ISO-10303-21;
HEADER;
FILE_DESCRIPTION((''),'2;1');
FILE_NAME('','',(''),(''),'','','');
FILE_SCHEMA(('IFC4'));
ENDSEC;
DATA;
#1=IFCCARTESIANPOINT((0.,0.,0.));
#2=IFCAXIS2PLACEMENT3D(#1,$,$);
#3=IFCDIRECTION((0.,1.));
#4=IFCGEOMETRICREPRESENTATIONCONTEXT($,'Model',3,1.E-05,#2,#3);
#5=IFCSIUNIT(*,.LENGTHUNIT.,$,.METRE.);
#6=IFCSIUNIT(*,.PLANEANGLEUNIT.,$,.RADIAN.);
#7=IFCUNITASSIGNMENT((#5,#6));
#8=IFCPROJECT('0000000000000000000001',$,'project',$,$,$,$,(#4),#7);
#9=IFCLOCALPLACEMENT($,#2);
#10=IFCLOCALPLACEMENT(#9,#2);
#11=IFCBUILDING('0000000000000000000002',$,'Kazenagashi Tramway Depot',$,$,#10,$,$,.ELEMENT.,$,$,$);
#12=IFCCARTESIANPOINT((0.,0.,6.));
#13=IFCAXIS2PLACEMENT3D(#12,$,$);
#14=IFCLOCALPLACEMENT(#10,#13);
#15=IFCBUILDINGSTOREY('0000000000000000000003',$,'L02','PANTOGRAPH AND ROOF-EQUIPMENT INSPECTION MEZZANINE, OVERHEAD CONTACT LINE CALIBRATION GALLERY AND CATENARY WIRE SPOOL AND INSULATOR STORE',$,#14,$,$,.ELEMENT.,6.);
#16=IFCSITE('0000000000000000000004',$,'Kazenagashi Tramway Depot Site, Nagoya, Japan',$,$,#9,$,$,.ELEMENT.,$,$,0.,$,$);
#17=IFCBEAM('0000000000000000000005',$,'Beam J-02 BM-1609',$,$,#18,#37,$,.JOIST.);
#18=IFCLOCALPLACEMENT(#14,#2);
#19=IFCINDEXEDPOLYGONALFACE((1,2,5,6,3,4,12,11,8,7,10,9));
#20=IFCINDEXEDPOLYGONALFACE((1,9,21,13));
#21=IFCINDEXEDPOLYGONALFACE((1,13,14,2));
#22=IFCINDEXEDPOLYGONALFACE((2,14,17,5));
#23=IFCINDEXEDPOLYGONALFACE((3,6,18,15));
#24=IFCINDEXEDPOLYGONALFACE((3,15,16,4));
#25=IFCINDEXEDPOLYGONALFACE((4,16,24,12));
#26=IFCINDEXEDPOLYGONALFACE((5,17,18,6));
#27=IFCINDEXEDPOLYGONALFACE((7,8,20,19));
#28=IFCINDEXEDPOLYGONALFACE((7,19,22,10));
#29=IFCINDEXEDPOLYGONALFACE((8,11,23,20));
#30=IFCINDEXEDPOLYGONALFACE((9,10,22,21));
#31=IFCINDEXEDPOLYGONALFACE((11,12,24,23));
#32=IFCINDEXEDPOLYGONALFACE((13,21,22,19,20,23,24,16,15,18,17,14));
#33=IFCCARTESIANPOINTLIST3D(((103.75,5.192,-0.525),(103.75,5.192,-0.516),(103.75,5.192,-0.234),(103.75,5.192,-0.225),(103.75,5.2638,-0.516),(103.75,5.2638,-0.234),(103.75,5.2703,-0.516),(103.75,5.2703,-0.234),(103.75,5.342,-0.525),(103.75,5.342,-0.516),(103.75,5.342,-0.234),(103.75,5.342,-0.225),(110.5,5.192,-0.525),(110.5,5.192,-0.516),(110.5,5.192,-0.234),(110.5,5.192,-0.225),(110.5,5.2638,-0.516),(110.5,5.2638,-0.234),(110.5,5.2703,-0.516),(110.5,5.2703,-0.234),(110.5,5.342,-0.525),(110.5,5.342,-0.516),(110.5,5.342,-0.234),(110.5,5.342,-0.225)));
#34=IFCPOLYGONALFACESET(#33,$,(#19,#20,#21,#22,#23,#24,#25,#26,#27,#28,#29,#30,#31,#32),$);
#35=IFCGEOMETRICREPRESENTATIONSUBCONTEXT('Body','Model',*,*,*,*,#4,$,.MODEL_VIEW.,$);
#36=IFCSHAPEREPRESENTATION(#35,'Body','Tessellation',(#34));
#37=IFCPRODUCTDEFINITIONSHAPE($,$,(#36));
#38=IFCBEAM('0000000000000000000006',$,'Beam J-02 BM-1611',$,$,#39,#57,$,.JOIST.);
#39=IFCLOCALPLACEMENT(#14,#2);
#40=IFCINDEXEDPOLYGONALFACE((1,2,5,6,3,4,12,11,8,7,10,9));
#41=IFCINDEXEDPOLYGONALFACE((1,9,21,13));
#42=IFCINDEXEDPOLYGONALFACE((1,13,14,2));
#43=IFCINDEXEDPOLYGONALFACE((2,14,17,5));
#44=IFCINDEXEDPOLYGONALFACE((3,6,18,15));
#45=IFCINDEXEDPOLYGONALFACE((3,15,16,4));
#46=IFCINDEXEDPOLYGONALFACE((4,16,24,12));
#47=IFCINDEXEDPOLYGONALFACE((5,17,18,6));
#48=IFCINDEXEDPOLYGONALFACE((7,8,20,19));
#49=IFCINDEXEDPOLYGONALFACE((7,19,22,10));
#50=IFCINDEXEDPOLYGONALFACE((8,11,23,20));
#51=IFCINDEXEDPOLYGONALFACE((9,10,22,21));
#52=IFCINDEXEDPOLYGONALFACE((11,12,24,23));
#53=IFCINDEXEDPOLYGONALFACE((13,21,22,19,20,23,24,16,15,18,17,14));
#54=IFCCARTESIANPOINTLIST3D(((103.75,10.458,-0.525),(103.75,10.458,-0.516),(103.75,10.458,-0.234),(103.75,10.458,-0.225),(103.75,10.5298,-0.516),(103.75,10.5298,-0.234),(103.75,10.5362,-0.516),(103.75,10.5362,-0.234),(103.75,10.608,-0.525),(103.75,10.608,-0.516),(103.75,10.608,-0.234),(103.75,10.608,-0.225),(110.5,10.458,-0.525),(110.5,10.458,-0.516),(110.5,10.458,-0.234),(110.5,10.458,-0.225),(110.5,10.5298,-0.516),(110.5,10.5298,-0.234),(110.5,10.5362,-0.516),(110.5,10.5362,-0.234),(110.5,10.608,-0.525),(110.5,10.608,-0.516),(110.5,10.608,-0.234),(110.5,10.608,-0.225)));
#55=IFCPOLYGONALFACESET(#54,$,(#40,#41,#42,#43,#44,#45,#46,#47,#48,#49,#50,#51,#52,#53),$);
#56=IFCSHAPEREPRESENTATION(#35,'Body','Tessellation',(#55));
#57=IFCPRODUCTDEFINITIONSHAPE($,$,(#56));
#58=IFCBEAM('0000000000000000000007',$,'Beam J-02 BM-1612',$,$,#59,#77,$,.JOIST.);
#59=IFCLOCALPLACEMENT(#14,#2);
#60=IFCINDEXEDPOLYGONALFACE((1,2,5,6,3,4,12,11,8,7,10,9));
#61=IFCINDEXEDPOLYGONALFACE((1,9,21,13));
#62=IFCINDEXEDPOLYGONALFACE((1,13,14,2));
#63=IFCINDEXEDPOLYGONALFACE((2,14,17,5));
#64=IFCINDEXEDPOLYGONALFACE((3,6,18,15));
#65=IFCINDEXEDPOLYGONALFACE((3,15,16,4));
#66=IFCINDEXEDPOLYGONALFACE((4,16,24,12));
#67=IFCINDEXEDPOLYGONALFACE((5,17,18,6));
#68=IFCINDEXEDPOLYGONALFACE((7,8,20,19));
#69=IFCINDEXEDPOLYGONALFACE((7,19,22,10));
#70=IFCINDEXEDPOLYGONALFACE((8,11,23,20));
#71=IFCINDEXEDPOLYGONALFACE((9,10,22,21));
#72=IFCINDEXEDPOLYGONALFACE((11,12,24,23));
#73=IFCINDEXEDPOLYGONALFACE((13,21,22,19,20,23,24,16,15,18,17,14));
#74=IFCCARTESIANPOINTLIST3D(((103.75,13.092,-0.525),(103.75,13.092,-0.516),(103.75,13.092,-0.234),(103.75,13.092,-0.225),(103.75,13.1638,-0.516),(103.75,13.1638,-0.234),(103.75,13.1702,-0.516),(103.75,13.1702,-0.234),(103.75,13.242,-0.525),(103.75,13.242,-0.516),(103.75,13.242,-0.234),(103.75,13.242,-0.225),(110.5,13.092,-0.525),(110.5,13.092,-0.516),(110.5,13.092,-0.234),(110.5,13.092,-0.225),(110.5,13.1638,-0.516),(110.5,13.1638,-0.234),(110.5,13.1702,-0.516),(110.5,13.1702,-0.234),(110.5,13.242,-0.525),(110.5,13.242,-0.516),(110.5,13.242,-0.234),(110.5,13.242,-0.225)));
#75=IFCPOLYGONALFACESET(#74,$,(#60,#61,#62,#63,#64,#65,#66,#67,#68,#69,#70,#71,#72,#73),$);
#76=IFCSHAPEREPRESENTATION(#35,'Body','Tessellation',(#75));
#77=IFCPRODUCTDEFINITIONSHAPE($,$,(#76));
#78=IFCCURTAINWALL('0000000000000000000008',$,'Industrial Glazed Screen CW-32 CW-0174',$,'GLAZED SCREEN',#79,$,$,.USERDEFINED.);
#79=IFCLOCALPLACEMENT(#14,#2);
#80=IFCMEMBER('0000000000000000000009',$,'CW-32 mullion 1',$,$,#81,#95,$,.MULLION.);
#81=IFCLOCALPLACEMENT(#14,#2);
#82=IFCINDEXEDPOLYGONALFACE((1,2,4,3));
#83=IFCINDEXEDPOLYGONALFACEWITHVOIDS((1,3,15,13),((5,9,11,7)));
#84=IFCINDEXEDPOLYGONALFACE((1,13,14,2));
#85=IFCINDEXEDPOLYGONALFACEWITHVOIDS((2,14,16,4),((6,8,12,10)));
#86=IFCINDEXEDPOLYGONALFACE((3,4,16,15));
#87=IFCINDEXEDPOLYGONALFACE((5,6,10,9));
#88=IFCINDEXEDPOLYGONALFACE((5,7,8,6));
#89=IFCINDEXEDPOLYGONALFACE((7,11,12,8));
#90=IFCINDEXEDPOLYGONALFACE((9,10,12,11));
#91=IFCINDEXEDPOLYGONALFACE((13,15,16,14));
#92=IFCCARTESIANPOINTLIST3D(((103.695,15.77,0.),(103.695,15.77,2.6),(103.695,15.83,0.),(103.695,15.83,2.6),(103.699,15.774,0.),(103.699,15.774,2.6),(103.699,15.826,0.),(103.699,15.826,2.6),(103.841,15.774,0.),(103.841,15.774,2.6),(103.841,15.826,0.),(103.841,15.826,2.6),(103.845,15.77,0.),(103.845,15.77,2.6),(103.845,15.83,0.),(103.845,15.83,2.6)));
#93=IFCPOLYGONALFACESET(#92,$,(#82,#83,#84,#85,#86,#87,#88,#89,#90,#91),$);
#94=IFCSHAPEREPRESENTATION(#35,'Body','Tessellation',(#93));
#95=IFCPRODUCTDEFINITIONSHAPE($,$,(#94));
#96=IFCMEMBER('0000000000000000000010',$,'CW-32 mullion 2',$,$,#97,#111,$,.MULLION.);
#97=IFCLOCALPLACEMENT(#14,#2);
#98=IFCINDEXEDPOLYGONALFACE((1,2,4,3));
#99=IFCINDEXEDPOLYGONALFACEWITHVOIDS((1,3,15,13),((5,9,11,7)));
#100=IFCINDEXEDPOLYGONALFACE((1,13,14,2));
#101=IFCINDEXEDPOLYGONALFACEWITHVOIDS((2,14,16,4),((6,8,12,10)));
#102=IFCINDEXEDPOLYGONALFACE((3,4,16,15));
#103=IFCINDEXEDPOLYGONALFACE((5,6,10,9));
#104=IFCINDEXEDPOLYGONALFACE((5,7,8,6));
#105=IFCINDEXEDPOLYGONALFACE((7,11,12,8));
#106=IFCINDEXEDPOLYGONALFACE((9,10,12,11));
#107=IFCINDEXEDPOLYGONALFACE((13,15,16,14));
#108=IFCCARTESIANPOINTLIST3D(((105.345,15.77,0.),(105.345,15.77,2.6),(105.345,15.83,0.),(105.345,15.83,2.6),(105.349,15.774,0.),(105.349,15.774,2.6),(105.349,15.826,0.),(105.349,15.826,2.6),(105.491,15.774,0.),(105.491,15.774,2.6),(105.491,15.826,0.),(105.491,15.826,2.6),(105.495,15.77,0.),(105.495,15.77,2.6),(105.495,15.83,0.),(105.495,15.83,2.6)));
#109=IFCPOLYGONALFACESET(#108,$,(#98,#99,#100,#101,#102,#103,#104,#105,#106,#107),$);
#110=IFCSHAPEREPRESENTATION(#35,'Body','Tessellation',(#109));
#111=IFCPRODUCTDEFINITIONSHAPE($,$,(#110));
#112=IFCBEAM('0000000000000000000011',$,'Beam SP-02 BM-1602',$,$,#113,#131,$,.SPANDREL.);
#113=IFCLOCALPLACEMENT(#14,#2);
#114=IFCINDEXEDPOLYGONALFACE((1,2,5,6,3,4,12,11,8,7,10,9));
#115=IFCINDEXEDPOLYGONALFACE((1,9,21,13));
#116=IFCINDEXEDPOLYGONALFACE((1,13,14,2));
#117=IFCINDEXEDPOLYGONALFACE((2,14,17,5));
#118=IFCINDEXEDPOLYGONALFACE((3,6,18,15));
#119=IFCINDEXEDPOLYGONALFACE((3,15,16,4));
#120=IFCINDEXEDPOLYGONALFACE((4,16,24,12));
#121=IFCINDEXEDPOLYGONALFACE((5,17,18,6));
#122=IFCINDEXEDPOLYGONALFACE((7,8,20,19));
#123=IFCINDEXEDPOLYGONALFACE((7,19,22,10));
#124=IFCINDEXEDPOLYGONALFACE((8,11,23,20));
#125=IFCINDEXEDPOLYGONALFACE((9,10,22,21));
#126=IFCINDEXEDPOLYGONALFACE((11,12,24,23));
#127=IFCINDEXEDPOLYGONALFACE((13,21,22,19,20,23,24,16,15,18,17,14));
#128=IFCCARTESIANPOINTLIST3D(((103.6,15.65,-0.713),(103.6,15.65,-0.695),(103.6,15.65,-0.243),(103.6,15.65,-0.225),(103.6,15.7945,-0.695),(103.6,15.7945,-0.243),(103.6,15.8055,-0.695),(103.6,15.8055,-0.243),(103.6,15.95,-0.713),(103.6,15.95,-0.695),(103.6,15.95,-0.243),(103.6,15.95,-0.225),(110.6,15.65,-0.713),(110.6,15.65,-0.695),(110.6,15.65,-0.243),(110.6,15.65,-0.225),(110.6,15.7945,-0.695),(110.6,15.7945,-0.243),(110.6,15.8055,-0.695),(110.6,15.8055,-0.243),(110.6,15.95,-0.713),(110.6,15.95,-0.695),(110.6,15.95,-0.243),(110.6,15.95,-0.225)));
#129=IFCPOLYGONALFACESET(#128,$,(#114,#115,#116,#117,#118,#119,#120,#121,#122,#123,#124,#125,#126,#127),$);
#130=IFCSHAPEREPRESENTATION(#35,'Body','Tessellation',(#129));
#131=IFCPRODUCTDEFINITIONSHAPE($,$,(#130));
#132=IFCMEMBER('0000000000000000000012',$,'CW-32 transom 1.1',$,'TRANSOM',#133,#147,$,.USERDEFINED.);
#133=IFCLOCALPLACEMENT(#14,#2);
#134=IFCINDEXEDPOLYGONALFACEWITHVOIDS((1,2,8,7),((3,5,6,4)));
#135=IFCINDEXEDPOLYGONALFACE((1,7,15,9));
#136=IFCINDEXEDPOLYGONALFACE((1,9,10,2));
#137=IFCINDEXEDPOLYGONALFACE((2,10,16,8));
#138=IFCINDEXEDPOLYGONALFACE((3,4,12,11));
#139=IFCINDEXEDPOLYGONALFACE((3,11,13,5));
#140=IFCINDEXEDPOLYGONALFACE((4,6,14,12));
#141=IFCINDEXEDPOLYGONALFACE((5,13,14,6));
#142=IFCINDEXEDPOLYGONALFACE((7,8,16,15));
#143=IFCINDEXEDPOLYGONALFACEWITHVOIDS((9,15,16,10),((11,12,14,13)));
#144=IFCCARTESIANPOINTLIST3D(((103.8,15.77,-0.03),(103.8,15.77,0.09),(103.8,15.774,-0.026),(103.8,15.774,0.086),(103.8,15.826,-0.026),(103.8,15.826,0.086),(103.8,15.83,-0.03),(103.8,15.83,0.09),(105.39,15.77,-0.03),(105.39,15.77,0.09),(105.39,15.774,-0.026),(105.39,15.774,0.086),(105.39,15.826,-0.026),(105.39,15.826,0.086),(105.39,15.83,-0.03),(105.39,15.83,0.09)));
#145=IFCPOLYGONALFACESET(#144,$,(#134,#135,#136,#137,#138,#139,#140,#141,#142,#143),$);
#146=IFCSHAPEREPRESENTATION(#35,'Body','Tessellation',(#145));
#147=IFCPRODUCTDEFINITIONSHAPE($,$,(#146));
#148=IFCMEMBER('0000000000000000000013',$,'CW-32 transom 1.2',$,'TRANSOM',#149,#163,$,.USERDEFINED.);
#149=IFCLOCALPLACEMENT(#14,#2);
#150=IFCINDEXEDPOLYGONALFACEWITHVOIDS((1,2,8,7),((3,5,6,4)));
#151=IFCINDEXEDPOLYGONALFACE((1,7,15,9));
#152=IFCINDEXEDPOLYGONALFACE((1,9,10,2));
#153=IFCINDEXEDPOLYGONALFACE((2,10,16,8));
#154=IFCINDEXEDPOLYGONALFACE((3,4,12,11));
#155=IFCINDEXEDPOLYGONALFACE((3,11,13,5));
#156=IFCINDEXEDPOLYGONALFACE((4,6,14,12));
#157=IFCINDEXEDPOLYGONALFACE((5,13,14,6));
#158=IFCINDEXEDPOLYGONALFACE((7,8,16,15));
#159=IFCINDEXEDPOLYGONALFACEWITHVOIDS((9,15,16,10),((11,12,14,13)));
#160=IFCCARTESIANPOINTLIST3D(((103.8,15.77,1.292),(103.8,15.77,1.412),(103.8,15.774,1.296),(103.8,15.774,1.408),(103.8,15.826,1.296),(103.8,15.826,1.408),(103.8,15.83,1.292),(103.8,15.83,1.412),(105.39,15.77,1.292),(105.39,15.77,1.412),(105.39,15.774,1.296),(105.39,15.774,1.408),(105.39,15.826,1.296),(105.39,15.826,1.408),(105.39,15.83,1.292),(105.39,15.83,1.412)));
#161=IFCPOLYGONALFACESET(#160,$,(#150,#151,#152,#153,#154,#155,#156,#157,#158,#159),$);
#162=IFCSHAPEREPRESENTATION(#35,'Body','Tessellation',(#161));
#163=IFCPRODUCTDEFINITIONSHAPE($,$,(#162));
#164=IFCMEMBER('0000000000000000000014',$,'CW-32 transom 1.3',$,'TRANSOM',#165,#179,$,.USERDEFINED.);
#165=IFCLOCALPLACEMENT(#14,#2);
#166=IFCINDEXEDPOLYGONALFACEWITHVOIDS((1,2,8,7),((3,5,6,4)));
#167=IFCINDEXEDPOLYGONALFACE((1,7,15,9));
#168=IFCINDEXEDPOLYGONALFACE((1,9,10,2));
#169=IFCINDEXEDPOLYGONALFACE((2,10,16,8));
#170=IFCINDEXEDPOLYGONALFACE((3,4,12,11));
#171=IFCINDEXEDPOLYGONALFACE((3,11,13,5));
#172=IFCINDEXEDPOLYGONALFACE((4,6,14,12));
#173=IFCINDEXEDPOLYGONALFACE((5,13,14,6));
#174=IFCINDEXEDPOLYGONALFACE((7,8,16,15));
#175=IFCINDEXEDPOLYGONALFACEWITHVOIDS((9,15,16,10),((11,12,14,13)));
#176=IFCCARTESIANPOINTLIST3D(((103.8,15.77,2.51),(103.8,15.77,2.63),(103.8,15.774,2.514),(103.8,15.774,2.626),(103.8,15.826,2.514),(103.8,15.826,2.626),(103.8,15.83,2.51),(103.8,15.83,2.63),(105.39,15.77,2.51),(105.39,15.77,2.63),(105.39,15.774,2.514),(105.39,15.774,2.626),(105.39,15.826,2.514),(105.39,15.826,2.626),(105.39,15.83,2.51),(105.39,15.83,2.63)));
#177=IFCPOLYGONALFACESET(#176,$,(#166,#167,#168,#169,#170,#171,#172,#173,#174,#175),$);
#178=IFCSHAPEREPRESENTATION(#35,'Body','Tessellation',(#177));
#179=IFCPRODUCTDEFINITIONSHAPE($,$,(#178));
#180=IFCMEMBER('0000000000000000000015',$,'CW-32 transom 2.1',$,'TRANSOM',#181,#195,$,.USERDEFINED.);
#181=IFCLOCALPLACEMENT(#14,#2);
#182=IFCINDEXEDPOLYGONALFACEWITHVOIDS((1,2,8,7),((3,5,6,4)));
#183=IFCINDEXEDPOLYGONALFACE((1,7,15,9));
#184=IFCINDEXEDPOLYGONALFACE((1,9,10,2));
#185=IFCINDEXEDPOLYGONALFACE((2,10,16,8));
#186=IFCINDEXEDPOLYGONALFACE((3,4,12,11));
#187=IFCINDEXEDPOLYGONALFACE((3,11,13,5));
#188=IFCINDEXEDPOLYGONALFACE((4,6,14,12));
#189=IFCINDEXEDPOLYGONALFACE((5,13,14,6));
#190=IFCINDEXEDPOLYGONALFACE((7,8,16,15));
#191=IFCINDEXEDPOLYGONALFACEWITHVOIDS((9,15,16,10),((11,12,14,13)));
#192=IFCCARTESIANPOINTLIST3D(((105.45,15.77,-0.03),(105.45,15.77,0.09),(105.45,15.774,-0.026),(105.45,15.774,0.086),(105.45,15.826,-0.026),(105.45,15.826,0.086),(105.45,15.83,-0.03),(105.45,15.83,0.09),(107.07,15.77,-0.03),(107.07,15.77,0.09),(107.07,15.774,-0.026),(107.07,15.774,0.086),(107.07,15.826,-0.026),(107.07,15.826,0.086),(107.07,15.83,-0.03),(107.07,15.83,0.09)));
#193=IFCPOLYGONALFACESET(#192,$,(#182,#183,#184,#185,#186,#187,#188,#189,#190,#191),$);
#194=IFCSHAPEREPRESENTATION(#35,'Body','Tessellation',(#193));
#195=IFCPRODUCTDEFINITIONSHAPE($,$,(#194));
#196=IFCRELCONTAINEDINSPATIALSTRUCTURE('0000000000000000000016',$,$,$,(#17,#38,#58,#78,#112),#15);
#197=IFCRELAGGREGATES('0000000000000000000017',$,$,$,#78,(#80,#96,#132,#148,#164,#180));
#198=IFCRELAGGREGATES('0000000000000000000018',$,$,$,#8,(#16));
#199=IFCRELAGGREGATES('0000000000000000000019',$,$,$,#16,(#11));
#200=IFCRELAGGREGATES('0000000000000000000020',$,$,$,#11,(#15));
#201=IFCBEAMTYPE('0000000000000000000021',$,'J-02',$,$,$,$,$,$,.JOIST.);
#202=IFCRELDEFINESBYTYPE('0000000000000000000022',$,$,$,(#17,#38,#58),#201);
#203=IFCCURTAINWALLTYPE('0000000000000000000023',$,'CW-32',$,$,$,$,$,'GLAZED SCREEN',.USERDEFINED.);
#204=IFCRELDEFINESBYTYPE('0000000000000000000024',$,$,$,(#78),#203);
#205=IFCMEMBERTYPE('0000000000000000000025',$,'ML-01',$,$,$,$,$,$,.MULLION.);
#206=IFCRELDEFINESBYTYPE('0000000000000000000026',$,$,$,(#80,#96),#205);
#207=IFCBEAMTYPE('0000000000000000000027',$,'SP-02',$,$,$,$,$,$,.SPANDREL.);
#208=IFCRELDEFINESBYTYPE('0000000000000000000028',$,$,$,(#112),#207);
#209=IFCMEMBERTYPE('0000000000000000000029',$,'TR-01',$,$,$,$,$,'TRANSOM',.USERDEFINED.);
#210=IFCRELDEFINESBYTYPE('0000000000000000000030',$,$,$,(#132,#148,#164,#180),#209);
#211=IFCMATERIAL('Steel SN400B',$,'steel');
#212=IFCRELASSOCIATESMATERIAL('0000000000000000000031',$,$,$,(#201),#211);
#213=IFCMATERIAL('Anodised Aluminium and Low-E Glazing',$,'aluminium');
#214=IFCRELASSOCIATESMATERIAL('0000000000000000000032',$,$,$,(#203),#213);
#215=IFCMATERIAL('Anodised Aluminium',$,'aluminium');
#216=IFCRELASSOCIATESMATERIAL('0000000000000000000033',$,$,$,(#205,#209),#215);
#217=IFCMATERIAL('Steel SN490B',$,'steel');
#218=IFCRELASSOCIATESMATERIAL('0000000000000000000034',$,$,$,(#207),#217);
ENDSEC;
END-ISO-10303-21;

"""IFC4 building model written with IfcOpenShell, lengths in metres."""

from ifc_helpers import new_model, si_unit, direction, frame, origin, origin_2d, place, context, subcontext, project, spatial, hollow_rectangle, i_section, extrude, material, material_profile, profile_set, type_object, element, aggregate, save


model = new_model("IFC4")

# Units and contexts
model_context = context("Model", 3, precision=1e-05, world=origin(), true_north=direction((0.0, 1.0)))
body_context = subcontext(model_context, "Body", "Model", "MODEL_VIEW")
ifc_project = project(units=[si_unit("LENGTHUNIT", "METRE"), si_unit("PLANEANGLEUNIT", "RADIAN")], contexts=[model_context])

# Site, building, storey
site_placement = place(None, origin())
site = spatial("IfcSite", under=ifc_project, at=site_placement, Name="Kazenagashi Tramway Depot Site, Nagoya, Japan", CompositionType="ELEMENT", RefElevation=0.0)
building_placement = place(site_placement, origin())
building = spatial("IfcBuilding", under=site, at=building_placement, Name="Kazenagashi Tramway Depot", CompositionType="ELEMENT")
storey_placement = place(building_placement, frame((0.0, 0.0, 6.0)))
storey = spatial("IfcBuildingStorey", under=building, at=storey_placement, Name="L02", Description="PANTOGRAPH AND ROOF-EQUIPMENT INSPECTION MEZZANINE, OVERHEAD CONTACT LINE CALIBRATION GALLERY AND CATENARY WIRE SPOOL AND INSULATOR STORE", CompositionType="ELEMENT", Elevation=6.0)

# Beams
ifc_material_1 = material(Name="Steel SN400B", Category="steel")
ifc_material_profile_1 = material_profile(ifc_material_1, i_section(OverallWidth=0.15, OverallDepth=0.3, WebThickness=0.0065, FlangeThickness=0.009, at=origin_2d()), Name="H-300x150x6.5x9")
ifc_profile_set_1 = profile_set([ifc_material_profile_1], Name="Steel SN400B")
beam_type_1 = type_object("IfcBeamType", Name="J-02", PredefinedType="JOIST", material=ifc_profile_set_1)
for number, where, z_axis, x_axis, name in (
    (1, (103.75, 5.267, -0.375), (1.0, 0.0, 0.0), (0.0, 1.0, 0.0), "Beam J-02 BM-1609"),
    (2, (103.75, 10.533, -0.375), (1.0, 0.0, 0.0), (0.0, 1.0, 0.0), "Beam J-02 BM-1611"),
    (3, (103.75, 13.167, -0.375), (1.0, 0.0, 0.0), (0.0, 1.0, 0.0), "Beam J-02 BM-1612"),
):
    element("IfcBeam", number, at=place(storey_placement, frame(where, z_axis=z_axis, x_axis=x_axis)), inside=storey, type_object=beam_type_1, Name=name, PredefinedType="JOIST", context=body_context, shape_type="SweptSolid", body=[
        extrude(i_section(OverallWidth=0.15, OverallDepth=0.3, WebThickness=0.0065, FlangeThickness=0.009, at=origin_2d()), origin(), (0.0, 0.0, 1.0), 6.75),
    ])

# Curtain wall, members
ifc_material_2 = material(Name="Anodised Aluminium and Low-E Glazing", Category="aluminium")
curtain_wall_type = type_object("IfcCurtainWallType", Name="CW-32", ElementType="GLAZED SCREEN", PredefinedType="USERDEFINED", material=ifc_material_2)
curtain_wall_placement = place(storey_placement, origin())
curtain_wall = element("IfcCurtainWall", 4, at=curtain_wall_placement, inside=storey, type_object=curtain_wall_type, Name="Industrial Glazed Screen CW-32 CW-0174", ObjectType="GLAZED SCREEN", PredefinedType="USERDEFINED")
ifc_material_3 = material(Name="Anodised Aluminium", Category="aluminium")
ifc_material_profile_2 = material_profile(ifc_material_3, hollow_rectangle(XDim=0.06, YDim=0.15, WallThickness=0.004, at=origin_2d()), Name="RHS-150x60x4")
ifc_profile_set_2 = profile_set([ifc_material_profile_2], Name="Anodised Aluminium")
member_type_1 = type_object("IfcMemberType", Name="ML-01", PredefinedType="MULLION", material=ifc_profile_set_2)
member_1_placement = place(storey_placement, frame((103.77, 15.8, 0.0), z_axis=(0.0, 0.0, 1.0), x_axis=(0.0, 1.0, 0.0)))
member_1 = element("IfcMember", 5, at=member_1_placement, type_object=member_type_1, Name="CW-32 mullion 1", PredefinedType="MULLION", context=body_context, shape_type="SweptSolid", body=[
    extrude(hollow_rectangle(XDim=0.06, YDim=0.15, WallThickness=0.004, at=origin_2d()), origin(), (0.0, 0.0, 1.0), 2.6),
])
member_2_placement = place(storey_placement, frame((105.42, 15.8, 0.0), z_axis=(0.0, 0.0, 1.0), x_axis=(0.0, 1.0, 0.0)))
member_2 = element("IfcMember", 6, at=member_2_placement, type_object=member_type_1, Name="CW-32 mullion 2", PredefinedType="MULLION", context=body_context, shape_type="SweptSolid", body=[
    extrude(hollow_rectangle(XDim=0.06, YDim=0.15, WallThickness=0.004, at=origin_2d()), origin(), (0.0, 0.0, 1.0), 2.6),
])

# Beam
ifc_material_4 = material(Name="Steel SN490B", Category="steel")
ifc_material_profile_3 = material_profile(ifc_material_4, i_section(OverallWidth=0.3, OverallDepth=0.488, WebThickness=0.011, FlangeThickness=0.018, at=origin_2d()), Name="H-488x300x11x18")
ifc_profile_set_3 = profile_set([ifc_material_profile_3], Name="Steel SN490B")
beam_type_2 = type_object("IfcBeamType", Name="SP-02", PredefinedType="SPANDREL", material=ifc_profile_set_3)
beam_placement = place(storey_placement, frame((103.6, 15.8, -0.469), z_axis=(1.0, 0.0, 0.0), x_axis=(0.0, 1.0, 0.0)))
element("IfcBeam", 7, at=beam_placement, inside=storey, type_object=beam_type_2, Name="Beam SP-02 BM-1602", PredefinedType="SPANDREL", context=body_context, shape_type="SweptSolid", body=[
    extrude(i_section(OverallWidth=0.3, OverallDepth=0.488, WebThickness=0.011, FlangeThickness=0.018, at=origin_2d()), origin(), (0.0, 0.0, 1.0), 7.0),
])

# Members
ifc_material_profile_4 = material_profile(ifc_material_3, hollow_rectangle(XDim=0.06, YDim=0.12, WallThickness=0.004, at=origin_2d()), Name="RHS-120x60x4")
ifc_profile_set_4 = profile_set([ifc_material_profile_4], Name="Anodised Aluminium")
member_type_2 = type_object("IfcMemberType", Name="TR-01", ElementType="TRANSOM", PredefinedType="USERDEFINED", material=ifc_profile_set_4)
member_3_placement = place(storey_placement, frame((103.8, 15.8, 0.03), z_axis=(1.0, 0.0, 0.0), x_axis=(0.0, 1.0, 0.0)))
member_3 = element("IfcMember", 8, at=member_3_placement, type_object=member_type_2, Name="CW-32 transom 1.1", ObjectType="TRANSOM", PredefinedType="USERDEFINED", context=body_context, shape_type="SweptSolid", body=[
    extrude(hollow_rectangle(XDim=0.06, YDim=0.12, WallThickness=0.004, at=origin_2d()), origin(), (0.0, 0.0, 1.0), 1.59),
])
member_4_placement = place(storey_placement, frame((103.8, 15.8, 1.352), z_axis=(1.0, 0.0, 0.0), x_axis=(0.0, 1.0, 0.0)))
member_4 = element("IfcMember", 9, at=member_4_placement, type_object=member_type_2, Name="CW-32 transom 1.2", ObjectType="TRANSOM", PredefinedType="USERDEFINED", context=body_context, shape_type="SweptSolid", body=[
    extrude(hollow_rectangle(XDim=0.06, YDim=0.12, WallThickness=0.004, at=origin_2d()), origin(), (0.0, 0.0, 1.0), 1.59),
])
member_5_placement = place(storey_placement, frame((103.8, 15.8, 2.57), z_axis=(1.0, 0.0, 0.0), x_axis=(0.0, 1.0, 0.0)))
member_5 = element("IfcMember", 10, at=member_5_placement, type_object=member_type_2, Name="CW-32 transom 1.3", ObjectType="TRANSOM", PredefinedType="USERDEFINED", context=body_context, shape_type="SweptSolid", body=[
    extrude(hollow_rectangle(XDim=0.06, YDim=0.12, WallThickness=0.004, at=origin_2d()), origin(), (0.0, 0.0, 1.0), 1.59),
])
member_6_placement = place(storey_placement, frame((105.45, 15.8, 0.03), z_axis=(1.0, 0.0, 0.0), x_axis=(0.0, 1.0, 0.0)))
member_6 = element("IfcMember", 11, at=member_6_placement, type_object=member_type_2, Name="CW-32 transom 2.1", ObjectType="TRANSOM", PredefinedType="USERDEFINED", context=body_context, shape_type="SweptSolid", body=[
    extrude(hollow_rectangle(XDim=0.06, YDim=0.12, WallThickness=0.004, at=origin_2d()), origin(), (0.0, 0.0, 1.0), 1.62),
])

aggregate(curtain_wall, [member_1, member_2, member_3, member_4, member_5, member_6])

save(model, "model.ifc")
